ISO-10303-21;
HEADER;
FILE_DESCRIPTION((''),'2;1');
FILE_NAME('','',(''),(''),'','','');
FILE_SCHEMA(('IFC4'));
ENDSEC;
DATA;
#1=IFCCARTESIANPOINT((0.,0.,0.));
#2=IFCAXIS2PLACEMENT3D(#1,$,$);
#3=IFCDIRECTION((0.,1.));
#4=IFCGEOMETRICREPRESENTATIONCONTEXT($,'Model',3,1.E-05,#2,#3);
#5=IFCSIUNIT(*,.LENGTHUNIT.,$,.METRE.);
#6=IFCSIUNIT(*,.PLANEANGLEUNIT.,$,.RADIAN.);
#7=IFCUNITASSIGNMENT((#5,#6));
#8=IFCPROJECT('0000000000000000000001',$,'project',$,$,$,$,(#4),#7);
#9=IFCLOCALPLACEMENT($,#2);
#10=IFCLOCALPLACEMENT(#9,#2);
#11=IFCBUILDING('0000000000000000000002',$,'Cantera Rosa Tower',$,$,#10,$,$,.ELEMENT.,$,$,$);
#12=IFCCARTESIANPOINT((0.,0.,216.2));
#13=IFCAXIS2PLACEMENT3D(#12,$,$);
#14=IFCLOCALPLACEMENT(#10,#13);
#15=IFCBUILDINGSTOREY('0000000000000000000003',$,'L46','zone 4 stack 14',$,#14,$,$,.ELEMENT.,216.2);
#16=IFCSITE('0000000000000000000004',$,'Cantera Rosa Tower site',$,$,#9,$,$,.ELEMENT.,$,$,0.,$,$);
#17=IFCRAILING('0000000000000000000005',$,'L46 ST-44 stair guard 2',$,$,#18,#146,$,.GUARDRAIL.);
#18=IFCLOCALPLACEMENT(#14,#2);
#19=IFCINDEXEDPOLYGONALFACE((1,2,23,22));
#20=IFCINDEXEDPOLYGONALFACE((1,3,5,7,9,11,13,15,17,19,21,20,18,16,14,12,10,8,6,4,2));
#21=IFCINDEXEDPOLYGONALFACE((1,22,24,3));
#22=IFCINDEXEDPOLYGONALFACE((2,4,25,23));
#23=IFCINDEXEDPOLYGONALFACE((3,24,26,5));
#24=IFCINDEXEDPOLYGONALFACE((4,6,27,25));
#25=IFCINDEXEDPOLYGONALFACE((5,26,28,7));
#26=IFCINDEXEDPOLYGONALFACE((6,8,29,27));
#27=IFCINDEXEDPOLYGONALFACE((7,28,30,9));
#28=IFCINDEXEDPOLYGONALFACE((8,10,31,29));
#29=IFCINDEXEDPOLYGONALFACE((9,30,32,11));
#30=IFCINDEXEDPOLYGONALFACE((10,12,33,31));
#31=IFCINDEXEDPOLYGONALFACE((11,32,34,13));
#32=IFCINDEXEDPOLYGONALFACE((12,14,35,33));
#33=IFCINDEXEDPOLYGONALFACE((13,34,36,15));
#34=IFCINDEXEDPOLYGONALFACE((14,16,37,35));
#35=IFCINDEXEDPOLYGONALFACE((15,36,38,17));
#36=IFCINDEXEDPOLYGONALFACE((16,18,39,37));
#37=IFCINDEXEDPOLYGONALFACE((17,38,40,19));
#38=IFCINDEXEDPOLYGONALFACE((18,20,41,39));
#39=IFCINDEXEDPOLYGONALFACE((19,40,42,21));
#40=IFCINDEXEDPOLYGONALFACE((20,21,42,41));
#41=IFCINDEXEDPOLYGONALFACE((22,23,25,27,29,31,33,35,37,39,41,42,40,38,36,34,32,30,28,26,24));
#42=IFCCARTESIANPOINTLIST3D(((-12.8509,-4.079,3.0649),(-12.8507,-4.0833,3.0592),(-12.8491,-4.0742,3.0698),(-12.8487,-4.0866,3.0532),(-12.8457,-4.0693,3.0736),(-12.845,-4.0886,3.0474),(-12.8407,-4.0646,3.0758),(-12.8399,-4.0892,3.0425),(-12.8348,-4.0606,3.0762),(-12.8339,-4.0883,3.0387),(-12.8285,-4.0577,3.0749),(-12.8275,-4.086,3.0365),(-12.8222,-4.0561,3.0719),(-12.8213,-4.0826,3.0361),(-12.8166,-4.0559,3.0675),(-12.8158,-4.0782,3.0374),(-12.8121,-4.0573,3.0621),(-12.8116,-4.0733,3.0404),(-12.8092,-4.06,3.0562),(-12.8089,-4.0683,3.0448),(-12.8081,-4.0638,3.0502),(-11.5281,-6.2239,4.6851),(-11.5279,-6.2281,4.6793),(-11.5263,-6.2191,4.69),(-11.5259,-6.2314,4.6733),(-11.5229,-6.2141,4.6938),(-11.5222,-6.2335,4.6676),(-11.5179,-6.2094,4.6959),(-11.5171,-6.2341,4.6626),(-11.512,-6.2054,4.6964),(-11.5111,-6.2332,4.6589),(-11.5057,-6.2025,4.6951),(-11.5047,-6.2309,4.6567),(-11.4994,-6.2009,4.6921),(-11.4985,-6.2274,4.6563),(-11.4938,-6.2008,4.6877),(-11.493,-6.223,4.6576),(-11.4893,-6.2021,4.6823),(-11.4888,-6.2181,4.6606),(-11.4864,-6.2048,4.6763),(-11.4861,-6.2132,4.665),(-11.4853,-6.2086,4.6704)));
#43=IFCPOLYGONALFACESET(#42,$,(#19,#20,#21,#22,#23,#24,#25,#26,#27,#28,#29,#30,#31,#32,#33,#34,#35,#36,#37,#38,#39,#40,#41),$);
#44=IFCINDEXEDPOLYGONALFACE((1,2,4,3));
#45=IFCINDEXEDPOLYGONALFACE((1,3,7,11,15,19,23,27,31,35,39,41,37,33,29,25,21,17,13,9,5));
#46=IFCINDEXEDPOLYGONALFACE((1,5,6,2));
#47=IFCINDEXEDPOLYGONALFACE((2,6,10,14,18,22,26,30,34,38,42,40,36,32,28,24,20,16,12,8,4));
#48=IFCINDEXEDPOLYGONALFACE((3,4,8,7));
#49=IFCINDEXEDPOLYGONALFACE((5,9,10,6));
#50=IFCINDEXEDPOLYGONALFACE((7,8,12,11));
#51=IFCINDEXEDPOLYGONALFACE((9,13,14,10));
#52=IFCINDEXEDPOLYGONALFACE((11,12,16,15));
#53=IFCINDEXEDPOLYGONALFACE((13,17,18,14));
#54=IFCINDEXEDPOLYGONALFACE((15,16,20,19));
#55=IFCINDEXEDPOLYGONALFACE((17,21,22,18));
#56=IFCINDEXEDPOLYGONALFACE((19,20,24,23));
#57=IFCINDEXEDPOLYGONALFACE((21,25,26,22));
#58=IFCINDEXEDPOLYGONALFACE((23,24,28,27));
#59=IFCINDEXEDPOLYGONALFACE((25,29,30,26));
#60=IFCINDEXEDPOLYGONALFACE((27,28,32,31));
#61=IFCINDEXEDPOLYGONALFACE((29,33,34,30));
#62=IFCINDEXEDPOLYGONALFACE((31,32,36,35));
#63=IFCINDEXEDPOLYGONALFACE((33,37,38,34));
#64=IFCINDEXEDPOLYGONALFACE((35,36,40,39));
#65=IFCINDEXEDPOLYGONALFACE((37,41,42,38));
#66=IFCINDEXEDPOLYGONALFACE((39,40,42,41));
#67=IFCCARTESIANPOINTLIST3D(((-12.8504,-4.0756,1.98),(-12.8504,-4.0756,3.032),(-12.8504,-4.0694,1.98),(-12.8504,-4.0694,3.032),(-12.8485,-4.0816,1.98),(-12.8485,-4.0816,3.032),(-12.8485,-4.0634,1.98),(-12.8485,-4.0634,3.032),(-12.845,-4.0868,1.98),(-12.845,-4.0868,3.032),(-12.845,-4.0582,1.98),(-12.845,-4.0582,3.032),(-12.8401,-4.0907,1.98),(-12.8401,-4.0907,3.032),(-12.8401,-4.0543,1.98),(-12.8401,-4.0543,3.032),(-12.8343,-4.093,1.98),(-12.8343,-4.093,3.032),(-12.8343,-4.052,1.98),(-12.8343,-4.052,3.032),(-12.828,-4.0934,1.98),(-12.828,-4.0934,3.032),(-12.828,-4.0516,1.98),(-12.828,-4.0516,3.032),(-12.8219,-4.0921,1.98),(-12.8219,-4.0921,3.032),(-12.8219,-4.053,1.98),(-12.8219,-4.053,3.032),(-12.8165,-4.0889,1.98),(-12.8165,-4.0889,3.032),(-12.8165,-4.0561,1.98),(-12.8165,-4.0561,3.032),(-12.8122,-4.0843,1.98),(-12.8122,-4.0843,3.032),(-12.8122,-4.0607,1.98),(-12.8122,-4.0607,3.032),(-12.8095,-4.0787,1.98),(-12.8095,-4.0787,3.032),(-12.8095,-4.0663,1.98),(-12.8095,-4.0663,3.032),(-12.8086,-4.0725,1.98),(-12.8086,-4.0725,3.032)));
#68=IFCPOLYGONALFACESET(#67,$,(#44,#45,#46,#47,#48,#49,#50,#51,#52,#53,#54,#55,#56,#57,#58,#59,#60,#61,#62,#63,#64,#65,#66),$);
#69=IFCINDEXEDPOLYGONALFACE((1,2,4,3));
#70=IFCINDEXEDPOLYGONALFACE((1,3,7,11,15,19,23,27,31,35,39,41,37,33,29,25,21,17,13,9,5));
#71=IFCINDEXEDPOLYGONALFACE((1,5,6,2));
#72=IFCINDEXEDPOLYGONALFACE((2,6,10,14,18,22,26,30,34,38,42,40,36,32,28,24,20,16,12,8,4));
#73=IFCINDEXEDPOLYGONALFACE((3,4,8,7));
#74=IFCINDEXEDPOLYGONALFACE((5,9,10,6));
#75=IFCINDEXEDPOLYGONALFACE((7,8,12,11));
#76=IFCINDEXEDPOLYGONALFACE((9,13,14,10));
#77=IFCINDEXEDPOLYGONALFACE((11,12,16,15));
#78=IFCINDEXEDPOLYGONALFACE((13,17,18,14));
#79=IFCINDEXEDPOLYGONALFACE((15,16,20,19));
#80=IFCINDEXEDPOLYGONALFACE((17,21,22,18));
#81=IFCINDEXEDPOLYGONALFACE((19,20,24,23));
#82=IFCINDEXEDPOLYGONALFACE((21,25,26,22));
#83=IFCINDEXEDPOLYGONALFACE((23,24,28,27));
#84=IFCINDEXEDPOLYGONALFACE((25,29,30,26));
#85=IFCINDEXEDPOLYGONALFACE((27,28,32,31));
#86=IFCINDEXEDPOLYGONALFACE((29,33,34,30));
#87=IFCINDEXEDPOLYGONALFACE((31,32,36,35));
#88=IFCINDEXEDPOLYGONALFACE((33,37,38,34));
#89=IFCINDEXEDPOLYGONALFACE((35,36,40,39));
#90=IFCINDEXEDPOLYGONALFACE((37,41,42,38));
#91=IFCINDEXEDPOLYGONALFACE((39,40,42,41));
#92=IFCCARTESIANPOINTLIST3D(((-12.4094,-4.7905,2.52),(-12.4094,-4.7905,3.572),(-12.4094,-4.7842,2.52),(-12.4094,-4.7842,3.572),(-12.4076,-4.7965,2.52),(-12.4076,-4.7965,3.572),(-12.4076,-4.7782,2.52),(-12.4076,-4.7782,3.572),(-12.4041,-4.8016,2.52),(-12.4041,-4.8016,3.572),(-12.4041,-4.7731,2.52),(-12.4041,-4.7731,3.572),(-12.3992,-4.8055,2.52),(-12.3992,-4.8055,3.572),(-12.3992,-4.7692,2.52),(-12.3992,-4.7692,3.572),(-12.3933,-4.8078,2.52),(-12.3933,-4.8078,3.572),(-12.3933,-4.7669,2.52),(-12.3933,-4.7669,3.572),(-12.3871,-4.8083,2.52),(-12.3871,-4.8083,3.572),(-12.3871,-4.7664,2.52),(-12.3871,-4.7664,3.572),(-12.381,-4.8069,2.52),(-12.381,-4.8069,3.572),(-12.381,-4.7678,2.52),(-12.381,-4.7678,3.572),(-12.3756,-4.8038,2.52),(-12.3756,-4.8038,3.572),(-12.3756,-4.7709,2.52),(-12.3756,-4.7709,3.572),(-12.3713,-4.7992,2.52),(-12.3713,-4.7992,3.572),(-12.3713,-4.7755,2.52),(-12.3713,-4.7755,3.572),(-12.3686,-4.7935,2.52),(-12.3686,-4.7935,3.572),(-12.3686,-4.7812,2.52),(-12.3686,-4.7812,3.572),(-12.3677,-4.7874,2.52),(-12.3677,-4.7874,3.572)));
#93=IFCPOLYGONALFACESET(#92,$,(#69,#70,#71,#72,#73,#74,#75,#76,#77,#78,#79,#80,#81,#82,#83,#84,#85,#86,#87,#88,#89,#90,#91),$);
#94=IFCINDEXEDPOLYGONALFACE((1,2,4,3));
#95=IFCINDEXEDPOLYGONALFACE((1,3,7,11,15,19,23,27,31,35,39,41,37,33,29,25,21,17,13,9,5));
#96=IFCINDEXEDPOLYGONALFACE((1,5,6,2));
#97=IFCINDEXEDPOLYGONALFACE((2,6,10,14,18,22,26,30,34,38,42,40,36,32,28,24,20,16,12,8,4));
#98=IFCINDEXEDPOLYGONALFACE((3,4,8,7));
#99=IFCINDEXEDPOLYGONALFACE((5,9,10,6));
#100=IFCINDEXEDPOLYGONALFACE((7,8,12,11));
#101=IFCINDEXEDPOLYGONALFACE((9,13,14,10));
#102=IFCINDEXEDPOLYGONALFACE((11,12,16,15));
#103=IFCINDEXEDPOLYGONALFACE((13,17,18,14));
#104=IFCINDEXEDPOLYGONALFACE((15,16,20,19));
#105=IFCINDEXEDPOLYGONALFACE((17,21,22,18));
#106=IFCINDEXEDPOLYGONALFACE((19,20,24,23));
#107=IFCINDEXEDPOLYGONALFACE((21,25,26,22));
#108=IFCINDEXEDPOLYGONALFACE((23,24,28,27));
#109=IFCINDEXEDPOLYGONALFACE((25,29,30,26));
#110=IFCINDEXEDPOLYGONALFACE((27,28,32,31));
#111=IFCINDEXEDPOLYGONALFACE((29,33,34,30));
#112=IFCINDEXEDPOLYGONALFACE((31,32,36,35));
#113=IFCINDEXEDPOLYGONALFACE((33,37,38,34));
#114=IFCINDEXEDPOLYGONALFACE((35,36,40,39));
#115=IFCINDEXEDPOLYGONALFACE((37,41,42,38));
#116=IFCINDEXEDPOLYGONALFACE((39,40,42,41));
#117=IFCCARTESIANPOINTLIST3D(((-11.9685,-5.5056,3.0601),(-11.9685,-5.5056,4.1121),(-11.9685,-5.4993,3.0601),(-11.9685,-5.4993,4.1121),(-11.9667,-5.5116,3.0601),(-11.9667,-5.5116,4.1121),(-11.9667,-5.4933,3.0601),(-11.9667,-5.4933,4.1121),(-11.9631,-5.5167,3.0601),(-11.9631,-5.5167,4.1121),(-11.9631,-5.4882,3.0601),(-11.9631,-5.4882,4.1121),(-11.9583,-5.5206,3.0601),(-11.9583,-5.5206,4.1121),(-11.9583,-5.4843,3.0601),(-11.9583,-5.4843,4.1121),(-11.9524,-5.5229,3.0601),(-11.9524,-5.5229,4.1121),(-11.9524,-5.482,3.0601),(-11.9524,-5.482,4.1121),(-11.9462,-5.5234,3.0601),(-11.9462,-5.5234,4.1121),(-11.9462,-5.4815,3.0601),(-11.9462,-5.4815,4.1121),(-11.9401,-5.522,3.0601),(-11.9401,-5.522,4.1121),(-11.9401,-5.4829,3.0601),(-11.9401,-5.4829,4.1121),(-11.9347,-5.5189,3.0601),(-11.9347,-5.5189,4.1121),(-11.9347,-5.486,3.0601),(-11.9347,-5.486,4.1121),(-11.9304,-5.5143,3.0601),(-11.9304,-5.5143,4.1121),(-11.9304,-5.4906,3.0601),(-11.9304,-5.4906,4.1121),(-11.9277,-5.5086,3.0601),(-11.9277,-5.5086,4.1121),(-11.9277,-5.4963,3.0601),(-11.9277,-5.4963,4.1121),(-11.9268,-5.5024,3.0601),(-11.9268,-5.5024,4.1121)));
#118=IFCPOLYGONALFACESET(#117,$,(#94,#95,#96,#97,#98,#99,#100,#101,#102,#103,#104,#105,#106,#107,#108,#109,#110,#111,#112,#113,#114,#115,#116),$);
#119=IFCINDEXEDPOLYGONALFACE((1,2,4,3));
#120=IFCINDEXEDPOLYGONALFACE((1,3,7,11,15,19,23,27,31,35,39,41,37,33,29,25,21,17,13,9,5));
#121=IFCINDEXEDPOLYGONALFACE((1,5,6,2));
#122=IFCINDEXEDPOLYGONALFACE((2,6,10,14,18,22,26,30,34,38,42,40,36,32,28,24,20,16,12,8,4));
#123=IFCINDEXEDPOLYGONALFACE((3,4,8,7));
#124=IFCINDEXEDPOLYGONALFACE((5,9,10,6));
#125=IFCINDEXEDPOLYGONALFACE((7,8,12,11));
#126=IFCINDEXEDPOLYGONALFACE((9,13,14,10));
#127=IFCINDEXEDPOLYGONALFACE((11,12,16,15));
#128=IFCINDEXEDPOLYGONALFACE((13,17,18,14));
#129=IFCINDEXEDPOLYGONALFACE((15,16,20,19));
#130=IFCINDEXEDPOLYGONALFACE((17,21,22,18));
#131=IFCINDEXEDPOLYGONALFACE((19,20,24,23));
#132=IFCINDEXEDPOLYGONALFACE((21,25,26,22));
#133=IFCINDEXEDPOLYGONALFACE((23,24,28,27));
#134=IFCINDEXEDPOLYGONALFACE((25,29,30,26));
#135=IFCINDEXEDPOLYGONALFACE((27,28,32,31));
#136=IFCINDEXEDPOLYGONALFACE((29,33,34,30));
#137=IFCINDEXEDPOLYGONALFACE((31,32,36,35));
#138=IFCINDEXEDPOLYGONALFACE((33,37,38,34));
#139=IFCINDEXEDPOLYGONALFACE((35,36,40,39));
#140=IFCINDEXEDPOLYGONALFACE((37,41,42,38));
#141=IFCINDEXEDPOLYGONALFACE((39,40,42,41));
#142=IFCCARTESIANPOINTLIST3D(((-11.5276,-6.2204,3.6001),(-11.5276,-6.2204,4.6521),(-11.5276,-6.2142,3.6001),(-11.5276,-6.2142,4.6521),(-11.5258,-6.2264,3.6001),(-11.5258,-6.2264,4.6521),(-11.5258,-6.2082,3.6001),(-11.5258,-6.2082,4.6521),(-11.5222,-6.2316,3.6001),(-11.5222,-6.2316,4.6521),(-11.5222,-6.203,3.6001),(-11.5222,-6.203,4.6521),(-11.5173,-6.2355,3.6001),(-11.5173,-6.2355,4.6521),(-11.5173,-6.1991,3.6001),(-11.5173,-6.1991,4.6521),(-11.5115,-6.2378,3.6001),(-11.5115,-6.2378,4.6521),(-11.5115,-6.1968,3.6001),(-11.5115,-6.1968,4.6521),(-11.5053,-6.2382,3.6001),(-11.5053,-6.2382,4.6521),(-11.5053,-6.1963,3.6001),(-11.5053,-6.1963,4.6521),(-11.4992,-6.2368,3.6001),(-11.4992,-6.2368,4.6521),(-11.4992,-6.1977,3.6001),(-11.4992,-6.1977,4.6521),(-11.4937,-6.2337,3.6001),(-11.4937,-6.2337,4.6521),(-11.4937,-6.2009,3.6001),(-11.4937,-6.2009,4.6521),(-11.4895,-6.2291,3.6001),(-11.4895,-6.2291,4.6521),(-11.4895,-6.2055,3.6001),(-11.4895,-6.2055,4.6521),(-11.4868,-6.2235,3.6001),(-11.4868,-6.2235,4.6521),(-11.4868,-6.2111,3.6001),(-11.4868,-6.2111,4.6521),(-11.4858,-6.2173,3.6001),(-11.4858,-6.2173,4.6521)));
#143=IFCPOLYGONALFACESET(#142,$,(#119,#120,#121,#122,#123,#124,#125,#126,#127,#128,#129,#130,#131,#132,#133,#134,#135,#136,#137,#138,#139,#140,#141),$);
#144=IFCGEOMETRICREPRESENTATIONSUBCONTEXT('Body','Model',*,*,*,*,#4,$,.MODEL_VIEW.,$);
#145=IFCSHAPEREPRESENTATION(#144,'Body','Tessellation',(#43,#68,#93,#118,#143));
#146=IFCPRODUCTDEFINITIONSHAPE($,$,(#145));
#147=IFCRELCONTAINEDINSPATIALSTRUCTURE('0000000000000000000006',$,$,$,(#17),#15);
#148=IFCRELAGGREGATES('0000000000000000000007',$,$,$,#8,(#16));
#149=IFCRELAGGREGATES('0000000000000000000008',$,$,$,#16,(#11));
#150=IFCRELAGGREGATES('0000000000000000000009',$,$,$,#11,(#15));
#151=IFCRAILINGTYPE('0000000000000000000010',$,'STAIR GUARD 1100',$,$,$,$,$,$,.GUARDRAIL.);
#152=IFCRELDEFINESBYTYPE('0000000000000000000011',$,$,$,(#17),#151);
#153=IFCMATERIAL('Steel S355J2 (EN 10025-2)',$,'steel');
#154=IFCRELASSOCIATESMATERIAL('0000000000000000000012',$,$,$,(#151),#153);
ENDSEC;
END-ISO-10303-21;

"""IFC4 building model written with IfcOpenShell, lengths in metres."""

from ifc_helpers import new_model, si_unit, direction, frame, origin, origin_2d, place, context, subcontext, project, spatial, circle, extrude, material, type_object, element, save


model = new_model("IFC4")

# Units and contexts
model_context = context("Model", 3, precision=1e-05, world=origin(), true_north=direction((0.0, 1.0)))
body_context = subcontext(model_context, "Body", "Model", "MODEL_VIEW")
ifc_project = project(units=[si_unit("LENGTHUNIT", "METRE"), si_unit("PLANEANGLEUNIT", "RADIAN")], contexts=[model_context])

# Site, building, storey
site_placement = place(None, origin())
site = spatial("IfcSite", under=ifc_project, at=site_placement, Name="Cantera Rosa Tower site", CompositionType="ELEMENT", RefElevation=0.0)
building_placement = place(site_placement, origin())
building = spatial("IfcBuilding", under=site, at=building_placement, Name="Cantera Rosa Tower", CompositionType="ELEMENT")
storey_placement = place(building_placement, frame((0.0, 0.0, 216.2)))
storey = spatial("IfcBuildingStorey", under=building, at=storey_placement, Name="L46", Description="zone 4 stack 14", CompositionType="ELEMENT", Elevation=216.2)

# Railing
ifc_material_1 = material(Name="Steel S355J2 (EN 10025-2)", Category="steel")
railing_type_1 = type_object("IfcRailingType", Name="STAIR GUARD 1100", PredefinedType="GUARDRAIL", material=ifc_material_1)
railing_1_placement = place(storey_placement, frame((-12.8296, -4.0725, 1.98)))
element("IfcRailing", 1, at=railing_1_placement, inside=storey, type_object=railing_type_1, Name="L46 ST-44 stair guard 2", PredefinedType="GUARDRAIL", context=body_context, shape_type="SweptSolid", body=[
    extrude(circle(Radius=0.0239, at=origin_2d()), frame((0.0, 0.0, 1.0762), z_axis=(0.441543, -0.715939, 0.540805), x_axis=(0.851146, 0.52493, 0.0)), (0.0, 0.0, 1.0), 2.9958),
    extrude(circle(Radius=0.021, at=origin_2d()), origin(), (0.0, 0.0, 1.0), 1.052),
    extrude(circle(Radius=0.021, at=origin_2d()), frame((0.4409, -0.7148, 0.54)), (0.0, 0.0, 1.0), 1.052),
    extrude(circle(Radius=0.021, at=origin_2d()), frame((0.8818, -1.4299, 1.0801)), (0.0, 0.0, 1.0), 1.052),
    extrude(circle(Radius=0.021, at=origin_2d()), frame((1.3228, -2.1448, 1.6201)), (0.0, 0.0, 1.0), 1.052),
])

save(model, "model.ifc")
